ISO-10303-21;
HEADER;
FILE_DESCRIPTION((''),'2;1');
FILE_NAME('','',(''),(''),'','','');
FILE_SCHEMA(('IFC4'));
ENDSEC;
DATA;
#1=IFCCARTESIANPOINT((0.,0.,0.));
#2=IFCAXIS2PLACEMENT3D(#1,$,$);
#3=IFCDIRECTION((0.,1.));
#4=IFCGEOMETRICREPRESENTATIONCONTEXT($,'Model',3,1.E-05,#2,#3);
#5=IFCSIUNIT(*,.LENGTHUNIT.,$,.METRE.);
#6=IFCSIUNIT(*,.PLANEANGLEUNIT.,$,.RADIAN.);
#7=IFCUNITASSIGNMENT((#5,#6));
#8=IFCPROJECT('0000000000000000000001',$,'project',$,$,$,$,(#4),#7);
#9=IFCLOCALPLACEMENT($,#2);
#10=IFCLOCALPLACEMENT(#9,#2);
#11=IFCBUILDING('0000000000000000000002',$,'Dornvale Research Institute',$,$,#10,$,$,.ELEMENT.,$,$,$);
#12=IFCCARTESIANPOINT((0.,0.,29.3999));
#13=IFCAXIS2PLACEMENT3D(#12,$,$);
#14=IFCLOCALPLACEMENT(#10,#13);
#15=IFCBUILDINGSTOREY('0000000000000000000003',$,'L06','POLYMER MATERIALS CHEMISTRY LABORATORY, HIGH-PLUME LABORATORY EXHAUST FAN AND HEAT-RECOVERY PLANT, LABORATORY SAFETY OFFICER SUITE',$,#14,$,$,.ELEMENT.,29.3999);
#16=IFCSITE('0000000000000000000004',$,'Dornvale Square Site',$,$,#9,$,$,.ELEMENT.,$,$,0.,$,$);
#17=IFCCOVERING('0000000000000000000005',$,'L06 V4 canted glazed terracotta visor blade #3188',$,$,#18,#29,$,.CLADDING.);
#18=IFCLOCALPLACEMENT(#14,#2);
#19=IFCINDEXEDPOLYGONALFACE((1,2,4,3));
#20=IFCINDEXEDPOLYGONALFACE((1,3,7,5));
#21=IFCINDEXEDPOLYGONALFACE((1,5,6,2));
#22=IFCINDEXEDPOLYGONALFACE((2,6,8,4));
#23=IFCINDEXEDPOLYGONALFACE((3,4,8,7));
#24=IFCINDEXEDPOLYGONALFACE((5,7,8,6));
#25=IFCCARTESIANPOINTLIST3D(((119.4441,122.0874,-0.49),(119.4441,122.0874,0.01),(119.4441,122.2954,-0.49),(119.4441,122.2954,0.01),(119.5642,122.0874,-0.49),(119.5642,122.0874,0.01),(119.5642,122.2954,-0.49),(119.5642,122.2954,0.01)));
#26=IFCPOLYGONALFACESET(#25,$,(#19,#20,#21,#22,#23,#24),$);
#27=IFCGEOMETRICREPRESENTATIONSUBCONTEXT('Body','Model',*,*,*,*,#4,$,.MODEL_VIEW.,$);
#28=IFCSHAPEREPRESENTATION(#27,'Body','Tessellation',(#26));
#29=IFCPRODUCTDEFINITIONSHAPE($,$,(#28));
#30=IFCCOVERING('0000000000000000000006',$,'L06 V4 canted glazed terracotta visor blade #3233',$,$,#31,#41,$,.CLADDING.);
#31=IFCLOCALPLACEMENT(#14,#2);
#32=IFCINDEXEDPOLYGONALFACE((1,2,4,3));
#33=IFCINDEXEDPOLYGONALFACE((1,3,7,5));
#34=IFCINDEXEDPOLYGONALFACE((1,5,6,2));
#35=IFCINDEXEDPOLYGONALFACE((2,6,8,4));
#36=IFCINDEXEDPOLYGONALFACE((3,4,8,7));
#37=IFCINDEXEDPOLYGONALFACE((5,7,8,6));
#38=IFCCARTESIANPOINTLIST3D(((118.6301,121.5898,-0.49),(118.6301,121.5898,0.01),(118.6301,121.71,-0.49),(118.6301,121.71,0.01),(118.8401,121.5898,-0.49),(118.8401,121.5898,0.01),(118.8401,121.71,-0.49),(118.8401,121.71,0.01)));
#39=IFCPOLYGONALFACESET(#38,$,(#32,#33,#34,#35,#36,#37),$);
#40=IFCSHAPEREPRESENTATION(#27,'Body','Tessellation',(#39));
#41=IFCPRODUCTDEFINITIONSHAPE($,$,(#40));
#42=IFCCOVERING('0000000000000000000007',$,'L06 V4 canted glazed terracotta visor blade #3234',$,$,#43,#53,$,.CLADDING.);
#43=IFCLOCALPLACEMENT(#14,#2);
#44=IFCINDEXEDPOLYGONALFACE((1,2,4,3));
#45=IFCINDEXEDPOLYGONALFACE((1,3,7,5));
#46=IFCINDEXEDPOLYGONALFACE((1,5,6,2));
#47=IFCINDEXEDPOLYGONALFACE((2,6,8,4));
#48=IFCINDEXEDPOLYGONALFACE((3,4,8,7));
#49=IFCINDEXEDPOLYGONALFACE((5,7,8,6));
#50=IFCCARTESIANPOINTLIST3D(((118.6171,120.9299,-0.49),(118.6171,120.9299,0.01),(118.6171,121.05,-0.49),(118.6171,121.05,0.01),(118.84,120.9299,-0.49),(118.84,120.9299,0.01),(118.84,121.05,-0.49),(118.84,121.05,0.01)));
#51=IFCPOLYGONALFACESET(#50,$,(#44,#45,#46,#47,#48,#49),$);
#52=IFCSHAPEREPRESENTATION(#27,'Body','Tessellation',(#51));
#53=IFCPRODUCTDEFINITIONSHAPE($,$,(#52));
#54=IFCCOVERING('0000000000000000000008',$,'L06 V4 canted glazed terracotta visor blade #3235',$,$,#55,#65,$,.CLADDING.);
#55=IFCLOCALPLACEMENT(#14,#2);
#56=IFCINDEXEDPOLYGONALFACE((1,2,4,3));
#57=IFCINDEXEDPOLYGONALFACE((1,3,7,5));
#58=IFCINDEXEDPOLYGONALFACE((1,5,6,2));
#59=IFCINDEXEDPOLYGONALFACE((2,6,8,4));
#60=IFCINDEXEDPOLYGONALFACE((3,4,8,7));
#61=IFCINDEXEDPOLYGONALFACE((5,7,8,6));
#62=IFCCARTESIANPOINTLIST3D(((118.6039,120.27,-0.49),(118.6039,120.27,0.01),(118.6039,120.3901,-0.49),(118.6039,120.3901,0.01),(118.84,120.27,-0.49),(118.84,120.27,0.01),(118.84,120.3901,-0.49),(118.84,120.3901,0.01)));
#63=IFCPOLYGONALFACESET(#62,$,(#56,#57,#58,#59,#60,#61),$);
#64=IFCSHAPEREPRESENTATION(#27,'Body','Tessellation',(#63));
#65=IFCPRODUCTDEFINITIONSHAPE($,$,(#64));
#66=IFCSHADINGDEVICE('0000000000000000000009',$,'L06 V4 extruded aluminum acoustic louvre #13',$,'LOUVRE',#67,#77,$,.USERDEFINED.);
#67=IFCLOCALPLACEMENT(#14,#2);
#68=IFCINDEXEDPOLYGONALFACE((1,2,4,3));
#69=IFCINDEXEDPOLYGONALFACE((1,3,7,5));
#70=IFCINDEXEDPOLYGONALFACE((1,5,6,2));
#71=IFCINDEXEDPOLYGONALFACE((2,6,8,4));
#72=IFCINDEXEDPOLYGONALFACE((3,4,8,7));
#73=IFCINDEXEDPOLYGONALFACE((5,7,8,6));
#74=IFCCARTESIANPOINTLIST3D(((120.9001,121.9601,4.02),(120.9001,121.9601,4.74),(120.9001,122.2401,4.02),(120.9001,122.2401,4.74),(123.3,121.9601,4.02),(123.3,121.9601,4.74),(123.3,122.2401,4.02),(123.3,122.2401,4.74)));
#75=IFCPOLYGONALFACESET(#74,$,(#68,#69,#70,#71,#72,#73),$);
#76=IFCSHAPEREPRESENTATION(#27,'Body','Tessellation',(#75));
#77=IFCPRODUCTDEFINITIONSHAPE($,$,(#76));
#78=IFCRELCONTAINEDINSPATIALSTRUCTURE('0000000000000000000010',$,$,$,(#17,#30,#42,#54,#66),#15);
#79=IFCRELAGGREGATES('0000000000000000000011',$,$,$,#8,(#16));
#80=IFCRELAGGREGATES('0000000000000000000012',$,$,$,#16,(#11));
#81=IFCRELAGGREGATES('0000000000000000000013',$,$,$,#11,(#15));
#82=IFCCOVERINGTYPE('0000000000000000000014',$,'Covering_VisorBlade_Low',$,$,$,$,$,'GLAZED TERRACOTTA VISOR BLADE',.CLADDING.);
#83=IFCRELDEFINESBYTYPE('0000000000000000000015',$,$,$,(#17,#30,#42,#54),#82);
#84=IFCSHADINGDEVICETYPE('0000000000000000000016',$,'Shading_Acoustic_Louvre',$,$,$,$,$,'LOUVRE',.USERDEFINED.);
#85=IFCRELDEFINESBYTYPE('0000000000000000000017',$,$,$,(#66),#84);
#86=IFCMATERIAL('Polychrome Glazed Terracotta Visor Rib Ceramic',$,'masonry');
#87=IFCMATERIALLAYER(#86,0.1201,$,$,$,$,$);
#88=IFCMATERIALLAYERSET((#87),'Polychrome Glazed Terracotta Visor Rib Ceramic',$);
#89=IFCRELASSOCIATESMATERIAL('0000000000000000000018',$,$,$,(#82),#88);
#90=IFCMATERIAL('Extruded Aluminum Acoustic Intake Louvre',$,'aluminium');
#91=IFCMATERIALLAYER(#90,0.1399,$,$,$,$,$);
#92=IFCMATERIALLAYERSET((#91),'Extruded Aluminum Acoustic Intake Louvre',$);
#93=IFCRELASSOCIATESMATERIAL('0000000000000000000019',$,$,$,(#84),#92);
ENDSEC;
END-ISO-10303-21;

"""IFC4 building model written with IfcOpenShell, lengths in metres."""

from ifc_helpers import new_model, si_unit, direction, frame, origin, origin_2d, place, context, subcontext, project, spatial, rectangle, extrude, material, layer, layer_set, type_object, element, save


model = new_model("IFC4")

# Units and contexts
model_context = context("Model", 3, precision=1e-05, world=origin(), true_north=direction((0.0, 1.0)))
body_context = subcontext(model_context, "Body", "Model", "MODEL_VIEW")
ifc_project = project(units=[si_unit("LENGTHUNIT", "METRE"), si_unit("PLANEANGLEUNIT", "RADIAN")], contexts=[model_context])

# Site, building, storey
site_placement = place(None, origin())
site = spatial("IfcSite", under=ifc_project, at=site_placement, Name="Dornvale Square Site", CompositionType="ELEMENT", RefElevation=0.0)
building_placement = place(site_placement, origin())
building = spatial("IfcBuilding", under=site, at=building_placement, Name="Dornvale Research Institute", CompositionType="ELEMENT")
storey_placement = place(building_placement, frame((0.0, 0.0, 29.3999)))
storey = spatial("IfcBuildingStorey", under=building, at=storey_placement, Name="L06", Description="POLYMER MATERIALS CHEMISTRY LABORATORY, HIGH-PLUME LABORATORY EXHAUST FAN AND HEAT-RECOVERY PLANT, LABORATORY SAFETY OFFICER SUITE", CompositionType="ELEMENT", Elevation=29.3999)

# Coverings
ifc_material_1 = material(Name="Polychrome Glazed Terracotta Visor Rib Ceramic", Category="masonry")
ifc_layer_1 = layer(ifc_material_1, 0.1201)
ifc_layer_set_1 = layer_set([ifc_layer_1], Name="Polychrome Glazed Terracotta Visor Rib Ceramic")
covering_type = type_object("IfcCoveringType", Name="Covering_VisorBlade_Low", ElementType="GLAZED TERRACOTTA VISOR BLADE", PredefinedType="CLADDING", material=ifc_layer_set_1)
covering_1_placement = place(storey_placement, frame((119.5042, 122.1914, -0.49), z_axis=(0.0, 0.0, 1.0), x_axis=(0.0, 1.0, 0.0)))
element("IfcCovering", 1, at=covering_1_placement, inside=storey, type_object=covering_type, Name="L06 V4 canted glazed terracotta visor blade #3188", PredefinedType="CLADDING", context=body_context, shape_type="SweptSolid", body=[
    extrude(rectangle(XDim=0.208, YDim=0.1201, at=origin_2d()), origin(), (0.0, 0.0, 1.0), 0.5),
])
covering_2_placement = place(storey_placement, frame((118.7351, 121.6499, -0.49), z_axis=(0.0, 0.0, 1.0), x_axis=(1.0, 0.0, 0.0)))
element("IfcCovering", 2, at=covering_2_placement, inside=storey, type_object=covering_type, Name="L06 V4 canted glazed terracotta visor blade #3233", PredefinedType="CLADDING", context=body_context, shape_type="SweptSolid", body=[
    extrude(rectangle(XDim=0.21, YDim=0.1201, at=origin_2d()), origin(), (0.0, 0.0, 1.0), 0.5),
])
covering_3_placement = place(storey_placement, frame((118.7285, 120.99, -0.49), z_axis=(0.0, 0.0, 1.0), x_axis=(1.0, 0.0, 0.0)))
element("IfcCovering", 3, at=covering_3_placement, inside=storey, type_object=covering_type, Name="L06 V4 canted glazed terracotta visor blade #3234", PredefinedType="CLADDING", context=body_context, shape_type="SweptSolid", body=[
    extrude(rectangle(XDim=0.2229, YDim=0.1201, at=origin_2d()), origin(), (0.0, 0.0, 1.0), 0.5),
])
covering_4_placement = place(storey_placement, frame((118.7219, 120.3301, -0.49), z_axis=(0.0, 0.0, 1.0), x_axis=(1.0, 0.0, 0.0)))
element("IfcCovering", 4, at=covering_4_placement, inside=storey, type_object=covering_type, Name="L06 V4 canted glazed terracotta visor blade #3235", PredefinedType="CLADDING", context=body_context, shape_type="SweptSolid", body=[
    extrude(rectangle(XDim=0.2361, YDim=0.1201, at=origin_2d()), origin(), (0.0, 0.0, 1.0), 0.5),
])

# Shading device
ifc_material_2 = material(Name="Extruded Aluminum Acoustic Intake Louvre", Category="aluminium")
ifc_layer_2 = layer(ifc_material_2, 0.1399)
ifc_layer_set_2 = layer_set([ifc_layer_2], Name="Extruded Aluminum Acoustic Intake Louvre")
shading_device_type = type_object("IfcShadingDeviceType", Name="Shading_Acoustic_Louvre", ElementType="LOUVRE", PredefinedType="USERDEFINED", material=ifc_layer_set_2)
shading_device_placement = place(storey_placement, frame((122.1001, 122.1001, 4.02), z_axis=(0.0, 0.0, 1.0), x_axis=(1.0, 0.0, 0.0)))
element("IfcShadingDevice", 5, at=shading_device_placement, inside=storey, type_object=shading_device_type, Name="L06 V4 extruded aluminum acoustic louvre #13", ObjectType="LOUVRE", PredefinedType="USERDEFINED", context=body_context, shape_type="SweptSolid", body=[
    extrude(rectangle(XDim=2.3999, YDim=0.28, at=origin_2d()), origin(), (0.0, 0.0, 1.0), 0.72),
])

save(model, "model.ifc")
